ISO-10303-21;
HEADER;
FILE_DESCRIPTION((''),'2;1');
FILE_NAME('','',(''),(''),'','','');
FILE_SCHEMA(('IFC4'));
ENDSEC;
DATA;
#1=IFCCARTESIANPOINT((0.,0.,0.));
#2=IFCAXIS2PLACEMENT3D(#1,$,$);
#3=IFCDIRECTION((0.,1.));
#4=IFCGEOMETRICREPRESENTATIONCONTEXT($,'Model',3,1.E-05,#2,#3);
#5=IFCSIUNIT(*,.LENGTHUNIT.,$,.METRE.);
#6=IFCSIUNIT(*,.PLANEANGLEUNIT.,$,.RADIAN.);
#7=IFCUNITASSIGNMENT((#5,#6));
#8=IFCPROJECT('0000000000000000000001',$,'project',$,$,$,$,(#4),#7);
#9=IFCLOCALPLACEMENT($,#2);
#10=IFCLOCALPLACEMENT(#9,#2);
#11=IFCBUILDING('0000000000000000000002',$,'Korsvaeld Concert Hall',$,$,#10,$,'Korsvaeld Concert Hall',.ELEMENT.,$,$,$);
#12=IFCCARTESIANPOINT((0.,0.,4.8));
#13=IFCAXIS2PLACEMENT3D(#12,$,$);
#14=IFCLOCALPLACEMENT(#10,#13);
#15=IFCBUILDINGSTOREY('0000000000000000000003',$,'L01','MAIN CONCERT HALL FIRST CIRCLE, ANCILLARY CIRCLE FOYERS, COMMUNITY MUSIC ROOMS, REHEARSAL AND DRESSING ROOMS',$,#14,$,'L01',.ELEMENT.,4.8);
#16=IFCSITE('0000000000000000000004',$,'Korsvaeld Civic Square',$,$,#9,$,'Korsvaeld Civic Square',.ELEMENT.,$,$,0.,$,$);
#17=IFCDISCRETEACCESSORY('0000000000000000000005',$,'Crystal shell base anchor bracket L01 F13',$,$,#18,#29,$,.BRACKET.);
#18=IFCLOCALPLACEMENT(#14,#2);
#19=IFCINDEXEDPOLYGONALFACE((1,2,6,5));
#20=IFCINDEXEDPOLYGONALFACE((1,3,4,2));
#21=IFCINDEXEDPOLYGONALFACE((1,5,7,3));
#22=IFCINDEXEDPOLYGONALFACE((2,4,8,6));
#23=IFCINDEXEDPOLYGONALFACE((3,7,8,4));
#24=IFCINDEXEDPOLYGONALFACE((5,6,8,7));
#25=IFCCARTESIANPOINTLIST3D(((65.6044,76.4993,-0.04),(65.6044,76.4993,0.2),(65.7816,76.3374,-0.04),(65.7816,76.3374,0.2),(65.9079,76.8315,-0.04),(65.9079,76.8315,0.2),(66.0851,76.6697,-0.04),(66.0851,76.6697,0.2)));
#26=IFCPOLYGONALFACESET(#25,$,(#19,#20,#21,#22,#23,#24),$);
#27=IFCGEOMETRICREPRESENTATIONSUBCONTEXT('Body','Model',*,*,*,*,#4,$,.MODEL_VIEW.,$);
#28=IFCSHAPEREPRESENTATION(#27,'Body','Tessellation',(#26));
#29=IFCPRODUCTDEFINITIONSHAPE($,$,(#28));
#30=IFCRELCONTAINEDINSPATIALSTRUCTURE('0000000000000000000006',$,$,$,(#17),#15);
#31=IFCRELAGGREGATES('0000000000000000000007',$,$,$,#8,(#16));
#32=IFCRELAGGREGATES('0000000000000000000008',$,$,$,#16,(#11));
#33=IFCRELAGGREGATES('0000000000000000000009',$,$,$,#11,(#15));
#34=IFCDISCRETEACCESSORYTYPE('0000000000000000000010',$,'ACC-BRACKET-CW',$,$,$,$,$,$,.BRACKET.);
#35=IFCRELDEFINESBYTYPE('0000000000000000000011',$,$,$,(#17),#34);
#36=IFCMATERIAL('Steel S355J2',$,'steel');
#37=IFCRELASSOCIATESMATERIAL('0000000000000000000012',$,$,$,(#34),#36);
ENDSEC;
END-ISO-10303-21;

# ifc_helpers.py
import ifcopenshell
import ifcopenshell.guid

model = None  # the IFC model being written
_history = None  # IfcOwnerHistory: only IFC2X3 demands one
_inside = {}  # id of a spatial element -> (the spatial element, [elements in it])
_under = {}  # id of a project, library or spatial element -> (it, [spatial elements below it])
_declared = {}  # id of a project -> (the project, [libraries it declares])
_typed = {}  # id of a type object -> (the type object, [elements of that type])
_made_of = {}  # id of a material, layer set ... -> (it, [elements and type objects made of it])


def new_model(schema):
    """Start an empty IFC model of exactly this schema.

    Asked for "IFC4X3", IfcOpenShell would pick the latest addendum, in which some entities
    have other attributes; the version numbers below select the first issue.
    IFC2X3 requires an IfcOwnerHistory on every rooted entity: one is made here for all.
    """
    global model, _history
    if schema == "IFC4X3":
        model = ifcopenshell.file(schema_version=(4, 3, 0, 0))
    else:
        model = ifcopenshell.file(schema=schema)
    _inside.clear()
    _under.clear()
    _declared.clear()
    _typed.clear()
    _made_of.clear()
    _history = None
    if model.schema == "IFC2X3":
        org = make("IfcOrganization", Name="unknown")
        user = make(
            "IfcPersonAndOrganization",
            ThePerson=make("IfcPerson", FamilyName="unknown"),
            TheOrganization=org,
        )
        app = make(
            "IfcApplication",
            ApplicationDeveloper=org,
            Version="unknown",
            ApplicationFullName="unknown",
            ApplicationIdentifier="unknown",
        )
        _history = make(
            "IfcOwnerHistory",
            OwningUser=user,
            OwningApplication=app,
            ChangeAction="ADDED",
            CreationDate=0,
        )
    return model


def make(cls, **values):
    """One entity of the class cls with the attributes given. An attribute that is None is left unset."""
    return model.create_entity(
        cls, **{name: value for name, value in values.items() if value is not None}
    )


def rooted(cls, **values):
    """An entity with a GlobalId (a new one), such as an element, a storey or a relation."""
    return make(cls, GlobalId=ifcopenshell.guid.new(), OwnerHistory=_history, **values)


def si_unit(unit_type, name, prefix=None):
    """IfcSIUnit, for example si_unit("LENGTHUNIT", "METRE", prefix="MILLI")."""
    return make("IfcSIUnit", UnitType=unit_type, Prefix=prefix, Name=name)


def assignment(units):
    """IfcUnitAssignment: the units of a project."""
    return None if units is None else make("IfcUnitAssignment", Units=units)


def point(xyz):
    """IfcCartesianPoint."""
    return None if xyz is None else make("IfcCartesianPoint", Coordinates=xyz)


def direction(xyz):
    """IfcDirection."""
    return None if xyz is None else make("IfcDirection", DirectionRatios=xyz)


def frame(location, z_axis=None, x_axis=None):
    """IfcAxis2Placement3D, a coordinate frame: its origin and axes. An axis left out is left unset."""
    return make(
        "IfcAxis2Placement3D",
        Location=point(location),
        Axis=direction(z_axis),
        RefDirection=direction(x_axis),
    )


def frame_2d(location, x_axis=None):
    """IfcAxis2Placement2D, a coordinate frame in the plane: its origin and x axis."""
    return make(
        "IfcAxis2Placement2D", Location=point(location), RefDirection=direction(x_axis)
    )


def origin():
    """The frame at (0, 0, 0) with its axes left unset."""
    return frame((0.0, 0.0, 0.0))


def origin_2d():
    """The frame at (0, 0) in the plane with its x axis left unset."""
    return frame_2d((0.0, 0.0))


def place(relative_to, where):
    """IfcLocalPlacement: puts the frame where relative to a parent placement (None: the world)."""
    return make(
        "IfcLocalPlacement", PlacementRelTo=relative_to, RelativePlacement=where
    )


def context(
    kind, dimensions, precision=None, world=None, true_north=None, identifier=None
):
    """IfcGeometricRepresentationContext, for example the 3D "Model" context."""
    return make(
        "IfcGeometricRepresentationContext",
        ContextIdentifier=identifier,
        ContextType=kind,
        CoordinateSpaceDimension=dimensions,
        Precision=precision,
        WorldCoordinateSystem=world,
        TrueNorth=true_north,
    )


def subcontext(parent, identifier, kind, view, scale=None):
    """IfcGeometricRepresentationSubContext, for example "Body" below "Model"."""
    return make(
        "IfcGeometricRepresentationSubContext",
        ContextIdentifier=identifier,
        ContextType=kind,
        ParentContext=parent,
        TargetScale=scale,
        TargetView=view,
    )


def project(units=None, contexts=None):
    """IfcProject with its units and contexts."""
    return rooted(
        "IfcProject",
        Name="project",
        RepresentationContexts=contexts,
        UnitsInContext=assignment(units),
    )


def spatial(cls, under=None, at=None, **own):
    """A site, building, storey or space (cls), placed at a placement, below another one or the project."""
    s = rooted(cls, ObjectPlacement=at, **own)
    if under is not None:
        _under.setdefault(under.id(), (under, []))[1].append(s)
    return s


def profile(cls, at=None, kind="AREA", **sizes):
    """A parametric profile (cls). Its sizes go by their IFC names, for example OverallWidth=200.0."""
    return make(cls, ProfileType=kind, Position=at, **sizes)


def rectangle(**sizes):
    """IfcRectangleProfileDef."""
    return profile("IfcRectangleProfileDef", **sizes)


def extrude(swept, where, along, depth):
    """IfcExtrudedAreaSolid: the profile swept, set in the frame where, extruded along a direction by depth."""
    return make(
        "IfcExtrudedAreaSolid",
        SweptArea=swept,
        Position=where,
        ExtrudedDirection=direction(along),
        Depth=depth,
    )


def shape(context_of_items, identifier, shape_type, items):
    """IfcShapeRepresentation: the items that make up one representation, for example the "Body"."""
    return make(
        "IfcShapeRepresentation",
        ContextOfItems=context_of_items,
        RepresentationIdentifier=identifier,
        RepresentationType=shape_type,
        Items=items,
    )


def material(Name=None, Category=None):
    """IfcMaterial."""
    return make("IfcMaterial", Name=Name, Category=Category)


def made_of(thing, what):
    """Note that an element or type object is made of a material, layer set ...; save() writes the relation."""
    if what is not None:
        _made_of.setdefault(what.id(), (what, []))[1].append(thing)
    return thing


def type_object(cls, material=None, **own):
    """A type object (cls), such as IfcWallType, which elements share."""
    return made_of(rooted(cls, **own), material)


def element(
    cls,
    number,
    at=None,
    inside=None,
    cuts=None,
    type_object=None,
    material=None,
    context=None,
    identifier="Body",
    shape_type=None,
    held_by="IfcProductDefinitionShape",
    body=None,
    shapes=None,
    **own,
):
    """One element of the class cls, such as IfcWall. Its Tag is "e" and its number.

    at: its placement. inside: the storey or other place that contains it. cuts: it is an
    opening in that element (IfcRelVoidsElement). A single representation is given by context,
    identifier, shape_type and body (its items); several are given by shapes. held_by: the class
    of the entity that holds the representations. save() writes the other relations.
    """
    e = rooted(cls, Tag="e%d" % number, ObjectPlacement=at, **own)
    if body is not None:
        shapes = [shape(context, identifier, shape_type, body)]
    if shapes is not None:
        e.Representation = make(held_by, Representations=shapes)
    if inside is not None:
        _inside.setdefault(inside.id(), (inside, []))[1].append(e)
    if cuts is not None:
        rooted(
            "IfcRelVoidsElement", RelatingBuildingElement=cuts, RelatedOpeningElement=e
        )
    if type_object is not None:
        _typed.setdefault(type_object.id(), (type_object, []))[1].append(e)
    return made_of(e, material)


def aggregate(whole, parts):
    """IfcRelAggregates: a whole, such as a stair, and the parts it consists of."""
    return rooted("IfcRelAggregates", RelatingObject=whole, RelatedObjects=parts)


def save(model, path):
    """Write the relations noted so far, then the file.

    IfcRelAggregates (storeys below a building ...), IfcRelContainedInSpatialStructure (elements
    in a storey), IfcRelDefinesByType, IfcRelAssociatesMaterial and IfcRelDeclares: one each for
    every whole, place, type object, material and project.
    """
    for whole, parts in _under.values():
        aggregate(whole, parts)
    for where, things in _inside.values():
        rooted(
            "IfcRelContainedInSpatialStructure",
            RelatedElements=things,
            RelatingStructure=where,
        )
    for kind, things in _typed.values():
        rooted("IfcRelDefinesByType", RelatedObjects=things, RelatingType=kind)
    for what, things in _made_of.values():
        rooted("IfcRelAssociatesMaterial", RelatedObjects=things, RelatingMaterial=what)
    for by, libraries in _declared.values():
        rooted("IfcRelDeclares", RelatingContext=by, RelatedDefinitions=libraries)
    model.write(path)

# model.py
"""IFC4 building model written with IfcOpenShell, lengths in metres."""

from ifc_helpers import new_model, si_unit, direction, frame, origin, origin_2d, place, context, subcontext, project, spatial, rectangle, extrude, material, type_object, element, save


model = new_model("IFC4")

# Units and contexts
model_context = context("Model", 3, precision=1e-05, world=origin(), true_north=direction((0.0, 1.0)))
body_context = subcontext(model_context, "Body", "Model", "MODEL_VIEW")
ifc_project = project(units=[si_unit("LENGTHUNIT", "METRE"), si_unit("PLANEANGLEUNIT", "RADIAN")], contexts=[model_context])

# Site, building, storey
site_placement = place(None, origin())
site = spatial("IfcSite", under=ifc_project, at=site_placement, Name="Korsvaeld Civic Square", LongName="Korsvaeld Civic Square", CompositionType="ELEMENT", RefElevation=0.0)
building_placement = place(site_placement, origin())
building = spatial("IfcBuilding", under=site, at=building_placement, Name="Korsvaeld Concert Hall", LongName="Korsvaeld Concert Hall", CompositionType="ELEMENT")
storey_placement = place(building_placement, frame((0.0, 0.0, 4.8)))
storey = spatial("IfcBuildingStorey", under=building, at=storey_placement, Name="L01", Description="MAIN CONCERT HALL FIRST CIRCLE, ANCILLARY CIRCLE FOYERS, COMMUNITY MUSIC ROOMS, REHEARSAL AND DRESSING ROOMS", LongName="L01", CompositionType="ELEMENT", Elevation=4.8)

# Discrete accessory
ifc_material_1 = material(Name="Steel S355J2", Category="steel")
discrete_accessory_type = type_object("IfcDiscreteAccessoryType", Name="ACC-BRACKET-CW", PredefinedType="BRACKET", material=ifc_material_1)
for number, where, z_axis, x_axis, name in (
    (1, (65.8447, 76.5845, -0.04), (0.0, 0.0, 1.0), (-0.674431, -0.738338, 0.0), "Crystal shell base anchor bracket L01 F13"),
):
    element("IfcDiscreteAccessory", number, at=place(storey_placement, frame(where, z_axis=z_axis, x_axis=x_axis)), inside=storey, type_object=discrete_accessory_type, Name=name, PredefinedType="BRACKET", context=body_context, shape_type="SweptSolid", body=[
        extrude(rectangle(XDim=0.45, YDim=0.24, at=origin_2d()), origin(), (0.0, 0.0, 1.0), 0.24),
    ])

save(model, "model.ifc")
